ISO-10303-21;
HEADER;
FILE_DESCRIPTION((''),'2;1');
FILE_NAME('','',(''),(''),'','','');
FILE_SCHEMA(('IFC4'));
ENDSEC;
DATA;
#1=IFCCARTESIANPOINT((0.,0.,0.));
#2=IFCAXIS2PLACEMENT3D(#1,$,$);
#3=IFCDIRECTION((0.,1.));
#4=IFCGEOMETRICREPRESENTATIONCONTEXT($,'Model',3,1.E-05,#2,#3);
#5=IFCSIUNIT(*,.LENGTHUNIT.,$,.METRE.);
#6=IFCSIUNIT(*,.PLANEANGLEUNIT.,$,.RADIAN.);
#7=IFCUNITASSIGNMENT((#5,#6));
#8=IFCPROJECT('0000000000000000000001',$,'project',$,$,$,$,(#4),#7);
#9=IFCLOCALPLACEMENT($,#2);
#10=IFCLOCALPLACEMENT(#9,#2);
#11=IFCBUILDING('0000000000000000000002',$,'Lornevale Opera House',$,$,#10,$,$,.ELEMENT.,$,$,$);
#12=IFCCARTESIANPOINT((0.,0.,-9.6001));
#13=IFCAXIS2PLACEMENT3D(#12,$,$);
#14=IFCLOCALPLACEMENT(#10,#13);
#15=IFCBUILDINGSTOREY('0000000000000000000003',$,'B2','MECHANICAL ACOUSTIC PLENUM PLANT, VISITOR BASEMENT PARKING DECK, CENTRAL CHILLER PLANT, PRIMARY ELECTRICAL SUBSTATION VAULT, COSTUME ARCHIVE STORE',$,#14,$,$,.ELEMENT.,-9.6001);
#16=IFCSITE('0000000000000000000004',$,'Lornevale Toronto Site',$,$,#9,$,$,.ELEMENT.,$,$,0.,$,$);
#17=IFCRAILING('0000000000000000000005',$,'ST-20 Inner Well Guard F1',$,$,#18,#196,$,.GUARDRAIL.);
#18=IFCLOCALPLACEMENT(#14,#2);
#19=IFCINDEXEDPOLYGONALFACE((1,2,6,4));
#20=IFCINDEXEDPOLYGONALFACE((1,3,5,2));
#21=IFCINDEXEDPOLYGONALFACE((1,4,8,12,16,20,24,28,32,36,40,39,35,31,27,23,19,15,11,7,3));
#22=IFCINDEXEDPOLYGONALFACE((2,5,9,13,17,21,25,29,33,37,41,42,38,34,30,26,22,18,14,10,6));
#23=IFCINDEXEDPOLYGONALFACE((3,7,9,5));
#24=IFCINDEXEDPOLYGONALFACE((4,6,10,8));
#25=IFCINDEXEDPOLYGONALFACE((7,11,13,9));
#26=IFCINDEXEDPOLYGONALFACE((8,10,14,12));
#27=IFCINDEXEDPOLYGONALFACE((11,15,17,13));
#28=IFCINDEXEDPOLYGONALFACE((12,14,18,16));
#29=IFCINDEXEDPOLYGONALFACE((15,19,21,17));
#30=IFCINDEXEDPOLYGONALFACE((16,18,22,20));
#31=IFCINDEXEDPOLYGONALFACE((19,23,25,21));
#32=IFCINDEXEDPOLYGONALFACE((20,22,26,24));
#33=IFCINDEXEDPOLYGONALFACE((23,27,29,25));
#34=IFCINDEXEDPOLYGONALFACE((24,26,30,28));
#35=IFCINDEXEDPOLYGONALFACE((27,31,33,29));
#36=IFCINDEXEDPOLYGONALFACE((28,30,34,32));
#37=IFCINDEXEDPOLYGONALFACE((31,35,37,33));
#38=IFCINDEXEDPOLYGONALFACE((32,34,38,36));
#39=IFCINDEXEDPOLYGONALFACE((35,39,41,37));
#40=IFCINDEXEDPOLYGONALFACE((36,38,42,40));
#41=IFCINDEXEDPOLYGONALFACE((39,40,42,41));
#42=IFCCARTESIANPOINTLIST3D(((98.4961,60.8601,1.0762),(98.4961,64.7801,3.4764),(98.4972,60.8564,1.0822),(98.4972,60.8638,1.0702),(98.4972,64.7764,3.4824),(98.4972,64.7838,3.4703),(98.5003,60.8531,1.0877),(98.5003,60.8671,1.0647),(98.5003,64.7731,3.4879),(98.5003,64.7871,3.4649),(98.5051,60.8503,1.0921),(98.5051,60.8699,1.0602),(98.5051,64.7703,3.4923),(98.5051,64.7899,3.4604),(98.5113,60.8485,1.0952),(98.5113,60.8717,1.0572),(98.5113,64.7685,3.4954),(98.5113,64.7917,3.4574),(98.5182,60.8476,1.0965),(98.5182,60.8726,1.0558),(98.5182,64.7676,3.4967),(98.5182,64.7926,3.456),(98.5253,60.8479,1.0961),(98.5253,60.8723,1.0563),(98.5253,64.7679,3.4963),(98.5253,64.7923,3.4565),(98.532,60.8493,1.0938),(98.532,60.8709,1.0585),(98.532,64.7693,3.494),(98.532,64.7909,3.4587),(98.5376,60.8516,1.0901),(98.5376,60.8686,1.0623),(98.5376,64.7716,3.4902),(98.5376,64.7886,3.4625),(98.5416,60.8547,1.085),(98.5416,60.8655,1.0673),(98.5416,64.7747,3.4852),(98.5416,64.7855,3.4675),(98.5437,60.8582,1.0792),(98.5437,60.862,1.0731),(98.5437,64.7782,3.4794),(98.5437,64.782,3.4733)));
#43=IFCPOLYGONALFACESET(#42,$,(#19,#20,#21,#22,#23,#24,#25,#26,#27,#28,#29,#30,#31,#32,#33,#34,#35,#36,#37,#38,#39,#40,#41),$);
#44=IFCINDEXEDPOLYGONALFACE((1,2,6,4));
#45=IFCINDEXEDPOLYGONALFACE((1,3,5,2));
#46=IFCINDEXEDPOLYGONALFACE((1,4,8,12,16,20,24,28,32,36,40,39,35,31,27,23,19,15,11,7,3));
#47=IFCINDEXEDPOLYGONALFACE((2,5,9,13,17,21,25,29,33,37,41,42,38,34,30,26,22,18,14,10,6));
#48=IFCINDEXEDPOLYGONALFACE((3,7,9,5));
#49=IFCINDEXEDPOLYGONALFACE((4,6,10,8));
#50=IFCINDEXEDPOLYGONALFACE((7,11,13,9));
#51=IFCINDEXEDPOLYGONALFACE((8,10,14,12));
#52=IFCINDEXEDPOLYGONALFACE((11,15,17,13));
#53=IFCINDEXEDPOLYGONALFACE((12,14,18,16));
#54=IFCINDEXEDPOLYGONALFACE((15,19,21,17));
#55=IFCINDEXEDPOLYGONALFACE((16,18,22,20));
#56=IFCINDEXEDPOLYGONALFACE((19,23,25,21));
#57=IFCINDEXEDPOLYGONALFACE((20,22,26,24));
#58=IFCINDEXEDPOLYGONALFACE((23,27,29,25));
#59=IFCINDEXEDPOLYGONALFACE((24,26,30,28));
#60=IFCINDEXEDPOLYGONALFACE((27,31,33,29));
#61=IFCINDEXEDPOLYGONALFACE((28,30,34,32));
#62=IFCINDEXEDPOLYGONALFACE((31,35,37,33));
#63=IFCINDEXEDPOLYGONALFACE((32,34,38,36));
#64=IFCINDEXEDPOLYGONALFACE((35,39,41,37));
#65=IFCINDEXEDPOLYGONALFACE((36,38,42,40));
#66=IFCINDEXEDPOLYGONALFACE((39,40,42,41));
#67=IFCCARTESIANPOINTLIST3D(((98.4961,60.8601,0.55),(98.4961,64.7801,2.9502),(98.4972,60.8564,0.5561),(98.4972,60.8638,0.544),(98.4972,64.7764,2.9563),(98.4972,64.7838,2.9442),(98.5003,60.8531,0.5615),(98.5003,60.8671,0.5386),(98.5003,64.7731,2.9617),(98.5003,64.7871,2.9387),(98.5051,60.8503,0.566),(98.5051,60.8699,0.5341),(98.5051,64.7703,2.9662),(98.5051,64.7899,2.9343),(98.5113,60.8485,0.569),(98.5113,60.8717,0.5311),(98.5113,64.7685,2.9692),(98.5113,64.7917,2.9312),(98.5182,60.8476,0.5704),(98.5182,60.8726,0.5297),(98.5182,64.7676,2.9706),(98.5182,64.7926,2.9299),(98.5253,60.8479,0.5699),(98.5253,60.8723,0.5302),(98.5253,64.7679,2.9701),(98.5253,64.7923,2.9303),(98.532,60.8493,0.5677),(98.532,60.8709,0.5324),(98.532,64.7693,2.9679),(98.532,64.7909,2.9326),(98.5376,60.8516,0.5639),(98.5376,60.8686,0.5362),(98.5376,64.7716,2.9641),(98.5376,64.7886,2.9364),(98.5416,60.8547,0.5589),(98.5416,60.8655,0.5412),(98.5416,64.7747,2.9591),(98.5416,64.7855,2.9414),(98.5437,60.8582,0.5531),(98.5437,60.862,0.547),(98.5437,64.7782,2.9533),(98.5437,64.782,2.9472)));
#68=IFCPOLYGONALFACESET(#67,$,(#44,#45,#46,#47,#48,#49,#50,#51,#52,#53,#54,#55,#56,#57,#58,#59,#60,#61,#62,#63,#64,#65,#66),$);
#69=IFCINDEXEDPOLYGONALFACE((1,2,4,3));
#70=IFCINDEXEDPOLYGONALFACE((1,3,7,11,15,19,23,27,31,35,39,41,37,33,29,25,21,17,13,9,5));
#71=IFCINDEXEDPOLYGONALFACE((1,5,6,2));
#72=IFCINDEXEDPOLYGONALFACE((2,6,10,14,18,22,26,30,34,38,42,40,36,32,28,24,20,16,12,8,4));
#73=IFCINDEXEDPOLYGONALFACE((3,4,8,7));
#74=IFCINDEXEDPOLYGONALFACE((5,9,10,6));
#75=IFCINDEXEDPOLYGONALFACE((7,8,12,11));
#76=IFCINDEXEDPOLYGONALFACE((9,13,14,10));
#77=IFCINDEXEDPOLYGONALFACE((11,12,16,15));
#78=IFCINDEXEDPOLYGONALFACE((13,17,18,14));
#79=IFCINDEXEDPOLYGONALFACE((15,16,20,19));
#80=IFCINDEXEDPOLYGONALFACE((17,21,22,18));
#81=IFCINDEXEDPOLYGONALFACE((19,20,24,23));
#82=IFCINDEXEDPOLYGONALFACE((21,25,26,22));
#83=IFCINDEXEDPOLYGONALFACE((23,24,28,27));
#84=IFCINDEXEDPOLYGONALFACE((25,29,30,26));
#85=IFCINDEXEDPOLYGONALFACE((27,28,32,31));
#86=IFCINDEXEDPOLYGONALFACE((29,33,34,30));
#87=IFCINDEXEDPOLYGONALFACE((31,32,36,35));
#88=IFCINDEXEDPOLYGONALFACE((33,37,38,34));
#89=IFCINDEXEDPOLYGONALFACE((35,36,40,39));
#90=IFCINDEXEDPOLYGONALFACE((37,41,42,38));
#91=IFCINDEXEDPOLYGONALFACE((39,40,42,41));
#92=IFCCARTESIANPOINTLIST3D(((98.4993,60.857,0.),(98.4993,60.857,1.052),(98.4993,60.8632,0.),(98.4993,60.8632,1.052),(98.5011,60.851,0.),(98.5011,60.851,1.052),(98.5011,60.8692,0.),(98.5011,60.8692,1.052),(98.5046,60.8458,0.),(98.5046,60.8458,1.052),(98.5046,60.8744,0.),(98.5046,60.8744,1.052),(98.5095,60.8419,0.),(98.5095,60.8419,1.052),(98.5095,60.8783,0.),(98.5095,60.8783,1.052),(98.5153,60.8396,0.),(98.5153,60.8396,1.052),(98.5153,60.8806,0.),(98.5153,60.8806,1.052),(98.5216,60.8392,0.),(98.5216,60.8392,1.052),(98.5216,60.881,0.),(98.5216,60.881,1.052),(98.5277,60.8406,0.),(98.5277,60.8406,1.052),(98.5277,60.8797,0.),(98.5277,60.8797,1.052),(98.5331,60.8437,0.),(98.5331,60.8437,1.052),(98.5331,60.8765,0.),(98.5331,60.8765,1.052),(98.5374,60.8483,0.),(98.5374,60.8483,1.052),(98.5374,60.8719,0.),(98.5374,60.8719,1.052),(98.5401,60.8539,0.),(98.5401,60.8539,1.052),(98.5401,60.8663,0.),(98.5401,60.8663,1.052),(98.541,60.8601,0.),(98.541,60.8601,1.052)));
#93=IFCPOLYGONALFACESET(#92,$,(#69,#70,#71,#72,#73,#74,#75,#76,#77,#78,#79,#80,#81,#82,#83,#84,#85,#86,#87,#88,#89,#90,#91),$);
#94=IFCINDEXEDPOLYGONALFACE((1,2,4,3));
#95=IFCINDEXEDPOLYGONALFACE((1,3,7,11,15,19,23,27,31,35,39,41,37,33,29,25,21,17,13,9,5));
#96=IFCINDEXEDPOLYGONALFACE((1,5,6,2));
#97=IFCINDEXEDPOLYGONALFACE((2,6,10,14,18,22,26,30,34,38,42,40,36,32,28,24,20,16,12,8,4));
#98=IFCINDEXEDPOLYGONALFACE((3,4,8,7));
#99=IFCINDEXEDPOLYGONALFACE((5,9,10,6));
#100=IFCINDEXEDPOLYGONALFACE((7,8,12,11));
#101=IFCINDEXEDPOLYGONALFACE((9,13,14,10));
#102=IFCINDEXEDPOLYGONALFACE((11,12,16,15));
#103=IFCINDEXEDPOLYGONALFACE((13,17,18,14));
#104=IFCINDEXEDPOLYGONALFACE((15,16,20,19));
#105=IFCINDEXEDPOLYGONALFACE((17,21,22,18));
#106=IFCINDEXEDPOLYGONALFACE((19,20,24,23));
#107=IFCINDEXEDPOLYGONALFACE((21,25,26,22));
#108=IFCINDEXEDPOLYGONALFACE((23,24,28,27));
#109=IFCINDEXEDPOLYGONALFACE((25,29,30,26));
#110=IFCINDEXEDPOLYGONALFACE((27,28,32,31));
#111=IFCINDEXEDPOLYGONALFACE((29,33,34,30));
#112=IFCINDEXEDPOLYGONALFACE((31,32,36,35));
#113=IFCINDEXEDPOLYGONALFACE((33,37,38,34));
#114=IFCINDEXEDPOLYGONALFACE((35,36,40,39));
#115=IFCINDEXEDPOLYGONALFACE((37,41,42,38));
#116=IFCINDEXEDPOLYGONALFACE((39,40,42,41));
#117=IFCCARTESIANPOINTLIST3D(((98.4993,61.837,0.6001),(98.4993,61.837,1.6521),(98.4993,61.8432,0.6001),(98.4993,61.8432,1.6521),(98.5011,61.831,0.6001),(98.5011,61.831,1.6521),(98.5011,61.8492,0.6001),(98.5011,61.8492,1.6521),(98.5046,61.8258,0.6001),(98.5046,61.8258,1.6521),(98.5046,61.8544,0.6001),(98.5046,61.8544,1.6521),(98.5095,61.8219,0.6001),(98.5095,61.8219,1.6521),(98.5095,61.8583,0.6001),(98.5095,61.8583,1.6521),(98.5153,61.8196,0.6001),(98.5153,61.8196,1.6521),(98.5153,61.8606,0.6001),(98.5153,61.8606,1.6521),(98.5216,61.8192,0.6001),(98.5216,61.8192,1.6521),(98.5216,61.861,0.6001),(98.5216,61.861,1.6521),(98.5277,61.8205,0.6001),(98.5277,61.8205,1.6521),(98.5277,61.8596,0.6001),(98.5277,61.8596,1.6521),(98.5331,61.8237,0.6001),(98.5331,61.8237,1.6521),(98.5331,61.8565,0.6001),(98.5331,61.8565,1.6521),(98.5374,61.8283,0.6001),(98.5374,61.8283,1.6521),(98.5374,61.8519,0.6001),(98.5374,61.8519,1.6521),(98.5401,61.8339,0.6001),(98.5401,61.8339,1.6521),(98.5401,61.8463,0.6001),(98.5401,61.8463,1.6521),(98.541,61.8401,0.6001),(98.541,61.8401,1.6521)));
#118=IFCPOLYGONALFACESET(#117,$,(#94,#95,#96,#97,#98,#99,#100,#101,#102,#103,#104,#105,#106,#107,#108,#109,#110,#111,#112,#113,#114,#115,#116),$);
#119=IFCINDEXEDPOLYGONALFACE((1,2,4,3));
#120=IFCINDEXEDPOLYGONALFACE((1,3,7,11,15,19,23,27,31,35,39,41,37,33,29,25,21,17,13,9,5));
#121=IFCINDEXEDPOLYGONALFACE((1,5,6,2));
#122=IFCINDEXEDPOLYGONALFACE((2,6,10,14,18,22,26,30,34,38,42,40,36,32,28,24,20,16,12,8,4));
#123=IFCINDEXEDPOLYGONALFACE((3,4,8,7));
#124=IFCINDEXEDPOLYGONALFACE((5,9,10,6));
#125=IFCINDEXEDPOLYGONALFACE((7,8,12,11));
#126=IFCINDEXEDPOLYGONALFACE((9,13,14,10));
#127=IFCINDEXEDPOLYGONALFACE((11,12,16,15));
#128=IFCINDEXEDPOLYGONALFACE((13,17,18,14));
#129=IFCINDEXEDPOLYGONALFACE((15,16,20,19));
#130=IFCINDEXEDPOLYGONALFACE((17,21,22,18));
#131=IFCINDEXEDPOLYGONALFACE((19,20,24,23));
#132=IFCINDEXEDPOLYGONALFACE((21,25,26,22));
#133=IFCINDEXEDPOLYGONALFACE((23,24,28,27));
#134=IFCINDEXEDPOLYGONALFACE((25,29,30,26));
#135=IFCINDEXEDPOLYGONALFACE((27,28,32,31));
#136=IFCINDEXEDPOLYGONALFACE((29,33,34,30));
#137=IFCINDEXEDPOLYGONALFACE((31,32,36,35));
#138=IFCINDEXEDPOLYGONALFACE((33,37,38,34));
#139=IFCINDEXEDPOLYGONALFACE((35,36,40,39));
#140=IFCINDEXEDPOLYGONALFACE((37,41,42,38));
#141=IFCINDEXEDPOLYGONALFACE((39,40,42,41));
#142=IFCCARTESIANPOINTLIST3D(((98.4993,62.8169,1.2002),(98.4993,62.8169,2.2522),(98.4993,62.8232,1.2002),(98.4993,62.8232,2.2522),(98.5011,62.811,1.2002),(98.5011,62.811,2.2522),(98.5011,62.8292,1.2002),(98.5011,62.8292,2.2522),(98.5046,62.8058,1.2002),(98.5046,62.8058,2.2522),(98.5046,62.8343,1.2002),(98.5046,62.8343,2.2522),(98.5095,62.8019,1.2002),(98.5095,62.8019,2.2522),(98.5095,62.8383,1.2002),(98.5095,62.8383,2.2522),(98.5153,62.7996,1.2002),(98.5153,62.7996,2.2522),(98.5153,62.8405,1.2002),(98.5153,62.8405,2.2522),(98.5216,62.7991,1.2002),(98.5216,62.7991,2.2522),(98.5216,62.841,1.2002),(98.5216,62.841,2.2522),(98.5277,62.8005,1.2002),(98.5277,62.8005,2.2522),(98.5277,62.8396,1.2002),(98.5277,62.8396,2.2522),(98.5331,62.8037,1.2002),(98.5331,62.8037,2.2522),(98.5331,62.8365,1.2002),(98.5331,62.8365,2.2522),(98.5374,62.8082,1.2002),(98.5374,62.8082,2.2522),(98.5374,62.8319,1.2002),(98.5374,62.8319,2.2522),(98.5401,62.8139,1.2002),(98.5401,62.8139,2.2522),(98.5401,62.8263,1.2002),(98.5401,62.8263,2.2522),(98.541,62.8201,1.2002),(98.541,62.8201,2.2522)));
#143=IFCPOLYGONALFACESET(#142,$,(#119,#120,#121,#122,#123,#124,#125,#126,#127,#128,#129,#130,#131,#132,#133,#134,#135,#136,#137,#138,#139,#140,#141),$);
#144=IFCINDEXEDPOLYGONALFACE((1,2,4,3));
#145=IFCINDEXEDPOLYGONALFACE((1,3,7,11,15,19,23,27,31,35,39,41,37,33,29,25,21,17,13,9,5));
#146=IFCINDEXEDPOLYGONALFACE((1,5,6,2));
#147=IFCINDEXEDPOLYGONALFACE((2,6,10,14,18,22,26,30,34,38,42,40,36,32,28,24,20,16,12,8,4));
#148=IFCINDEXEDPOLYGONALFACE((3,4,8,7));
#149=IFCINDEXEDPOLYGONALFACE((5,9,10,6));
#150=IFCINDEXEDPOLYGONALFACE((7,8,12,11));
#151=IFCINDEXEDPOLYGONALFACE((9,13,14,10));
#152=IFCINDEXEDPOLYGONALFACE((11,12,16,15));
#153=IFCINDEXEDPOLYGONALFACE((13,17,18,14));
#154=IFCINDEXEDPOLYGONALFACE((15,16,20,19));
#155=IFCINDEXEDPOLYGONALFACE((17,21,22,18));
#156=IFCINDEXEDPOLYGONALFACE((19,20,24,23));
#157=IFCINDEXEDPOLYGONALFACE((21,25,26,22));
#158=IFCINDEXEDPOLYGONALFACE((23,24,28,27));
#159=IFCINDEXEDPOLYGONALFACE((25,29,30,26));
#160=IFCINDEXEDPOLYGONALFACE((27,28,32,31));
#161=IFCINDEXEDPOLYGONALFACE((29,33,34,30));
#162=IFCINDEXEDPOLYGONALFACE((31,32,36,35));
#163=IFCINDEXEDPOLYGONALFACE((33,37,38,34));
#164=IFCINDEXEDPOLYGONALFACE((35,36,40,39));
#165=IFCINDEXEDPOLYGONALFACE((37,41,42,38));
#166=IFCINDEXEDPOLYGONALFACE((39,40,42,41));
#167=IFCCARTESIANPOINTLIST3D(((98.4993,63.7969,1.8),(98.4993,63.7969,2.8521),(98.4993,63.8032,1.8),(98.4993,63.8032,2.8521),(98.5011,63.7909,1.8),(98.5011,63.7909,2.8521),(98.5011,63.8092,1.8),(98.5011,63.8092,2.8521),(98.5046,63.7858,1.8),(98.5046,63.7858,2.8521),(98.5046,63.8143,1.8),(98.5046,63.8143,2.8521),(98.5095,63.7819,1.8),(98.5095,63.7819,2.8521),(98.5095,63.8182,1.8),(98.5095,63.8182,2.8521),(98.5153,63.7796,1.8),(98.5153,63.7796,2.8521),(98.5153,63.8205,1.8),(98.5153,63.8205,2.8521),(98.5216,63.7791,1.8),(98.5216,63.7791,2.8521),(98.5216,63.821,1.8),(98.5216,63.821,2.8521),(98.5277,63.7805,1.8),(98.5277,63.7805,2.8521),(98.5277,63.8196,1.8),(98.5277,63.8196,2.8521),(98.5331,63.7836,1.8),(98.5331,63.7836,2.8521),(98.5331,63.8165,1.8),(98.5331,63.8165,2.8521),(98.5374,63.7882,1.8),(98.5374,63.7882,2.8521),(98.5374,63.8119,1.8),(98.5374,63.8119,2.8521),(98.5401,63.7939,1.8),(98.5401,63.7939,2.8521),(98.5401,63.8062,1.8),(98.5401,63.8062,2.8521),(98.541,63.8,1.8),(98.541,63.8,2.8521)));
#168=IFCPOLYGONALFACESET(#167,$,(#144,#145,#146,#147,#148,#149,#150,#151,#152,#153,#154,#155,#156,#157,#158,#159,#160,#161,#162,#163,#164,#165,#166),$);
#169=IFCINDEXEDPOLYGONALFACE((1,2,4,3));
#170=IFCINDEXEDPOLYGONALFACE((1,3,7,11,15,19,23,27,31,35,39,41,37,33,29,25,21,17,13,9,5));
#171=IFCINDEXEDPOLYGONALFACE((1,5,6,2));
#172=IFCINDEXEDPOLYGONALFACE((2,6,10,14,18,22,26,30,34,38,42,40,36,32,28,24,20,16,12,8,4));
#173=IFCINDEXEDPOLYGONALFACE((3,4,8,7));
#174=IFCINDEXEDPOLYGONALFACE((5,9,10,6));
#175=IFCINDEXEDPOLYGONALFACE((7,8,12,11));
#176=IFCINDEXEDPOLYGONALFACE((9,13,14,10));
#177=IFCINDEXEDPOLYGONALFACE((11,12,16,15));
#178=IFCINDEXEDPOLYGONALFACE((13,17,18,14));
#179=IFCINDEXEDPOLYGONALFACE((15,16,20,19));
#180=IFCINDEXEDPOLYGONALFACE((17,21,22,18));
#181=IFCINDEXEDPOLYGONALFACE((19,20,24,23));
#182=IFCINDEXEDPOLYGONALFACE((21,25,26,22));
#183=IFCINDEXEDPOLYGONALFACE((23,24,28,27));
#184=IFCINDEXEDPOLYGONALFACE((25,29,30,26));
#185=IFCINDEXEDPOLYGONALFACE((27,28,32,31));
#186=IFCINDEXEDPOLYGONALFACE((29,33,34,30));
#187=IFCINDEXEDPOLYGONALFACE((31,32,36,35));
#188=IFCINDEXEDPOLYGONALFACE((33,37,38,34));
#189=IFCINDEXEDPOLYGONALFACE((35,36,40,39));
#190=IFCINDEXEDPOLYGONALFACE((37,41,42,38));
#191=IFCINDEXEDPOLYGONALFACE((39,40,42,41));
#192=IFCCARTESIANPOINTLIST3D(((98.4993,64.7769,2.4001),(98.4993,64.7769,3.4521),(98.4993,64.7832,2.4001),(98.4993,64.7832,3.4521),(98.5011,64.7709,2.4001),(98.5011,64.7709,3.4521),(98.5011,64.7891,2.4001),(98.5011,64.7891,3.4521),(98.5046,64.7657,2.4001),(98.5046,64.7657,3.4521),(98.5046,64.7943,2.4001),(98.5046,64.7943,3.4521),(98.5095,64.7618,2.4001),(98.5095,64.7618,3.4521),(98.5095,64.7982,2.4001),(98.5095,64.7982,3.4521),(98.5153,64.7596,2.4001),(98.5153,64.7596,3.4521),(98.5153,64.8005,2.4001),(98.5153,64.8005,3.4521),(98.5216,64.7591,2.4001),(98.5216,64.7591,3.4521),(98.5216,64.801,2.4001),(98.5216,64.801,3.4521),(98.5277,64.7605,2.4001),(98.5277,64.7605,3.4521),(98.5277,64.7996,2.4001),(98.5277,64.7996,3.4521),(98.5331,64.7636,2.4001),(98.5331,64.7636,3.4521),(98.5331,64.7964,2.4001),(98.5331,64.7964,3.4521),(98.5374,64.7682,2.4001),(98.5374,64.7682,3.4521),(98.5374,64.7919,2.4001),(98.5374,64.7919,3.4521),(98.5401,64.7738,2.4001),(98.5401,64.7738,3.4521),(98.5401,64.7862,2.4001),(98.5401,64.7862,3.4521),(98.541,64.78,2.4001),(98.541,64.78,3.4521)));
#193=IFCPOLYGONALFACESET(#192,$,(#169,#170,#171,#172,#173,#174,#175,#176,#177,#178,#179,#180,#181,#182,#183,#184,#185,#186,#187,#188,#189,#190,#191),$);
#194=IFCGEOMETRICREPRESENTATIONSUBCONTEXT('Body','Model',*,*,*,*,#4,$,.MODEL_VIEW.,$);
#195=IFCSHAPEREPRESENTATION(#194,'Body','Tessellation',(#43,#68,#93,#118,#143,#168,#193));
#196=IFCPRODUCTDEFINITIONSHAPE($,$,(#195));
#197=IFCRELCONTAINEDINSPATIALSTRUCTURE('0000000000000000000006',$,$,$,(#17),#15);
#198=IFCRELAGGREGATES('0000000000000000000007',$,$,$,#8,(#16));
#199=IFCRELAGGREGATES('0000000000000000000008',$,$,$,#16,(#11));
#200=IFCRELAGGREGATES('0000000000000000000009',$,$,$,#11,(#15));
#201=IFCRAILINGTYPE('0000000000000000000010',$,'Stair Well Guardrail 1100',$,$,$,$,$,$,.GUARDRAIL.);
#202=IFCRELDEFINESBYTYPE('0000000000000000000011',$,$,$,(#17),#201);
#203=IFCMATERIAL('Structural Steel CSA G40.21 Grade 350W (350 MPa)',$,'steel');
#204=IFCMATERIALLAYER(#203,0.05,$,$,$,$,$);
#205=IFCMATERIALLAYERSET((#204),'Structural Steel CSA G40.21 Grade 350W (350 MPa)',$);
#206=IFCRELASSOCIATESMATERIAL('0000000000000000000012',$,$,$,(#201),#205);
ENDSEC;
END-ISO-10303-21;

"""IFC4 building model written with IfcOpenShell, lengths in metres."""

from ifc_helpers import new_model, si_unit, direction, frame, origin, origin_2d, place, context, subcontext, project, spatial, circle, extrude, material, layer, layer_set, type_object, element, save


model = new_model("IFC4")

# Units and contexts
model_context = context("Model", 3, precision=1e-05, world=origin(), true_north=direction((0.0, 1.0)))
body_context = subcontext(model_context, "Body", "Model", "MODEL_VIEW")
ifc_project = project(units=[si_unit("LENGTHUNIT", "METRE"), si_unit("PLANEANGLEUNIT", "RADIAN")], contexts=[model_context])

# Site, building, storey
site_placement = place(None, origin())
site = spatial("IfcSite", under=ifc_project, at=site_placement, Name="Lornevale Toronto Site", CompositionType="ELEMENT", RefElevation=0.0)
building_placement = place(site_placement, origin())
building = spatial("IfcBuilding", under=site, at=building_placement, Name="Lornevale Opera House", CompositionType="ELEMENT")
storey_placement = place(building_placement, frame((0.0, 0.0, -9.6001)))
storey = spatial("IfcBuildingStorey", under=building, at=storey_placement, Name="B2", Description="MECHANICAL ACOUSTIC PLENUM PLANT, VISITOR BASEMENT PARKING DECK, CENTRAL CHILLER PLANT, PRIMARY ELECTRICAL SUBSTATION VAULT, COSTUME ARCHIVE STORE", CompositionType="ELEMENT", Elevation=-9.6001)

# Railing
ifc_material_1 = material(Name="Structural Steel CSA G40.21 Grade 350W (350 MPa)", Category="steel")
ifc_layer_1 = layer(ifc_material_1, 0.05)
ifc_layer_set_1 = layer_set([ifc_layer_1], Name="Structural Steel CSA G40.21 Grade 350W (350 MPa)")
railing_type_1 = type_object("IfcRailingType", Name="Stair Well Guardrail 1100", PredefinedType="GUARDRAIL", material=ifc_layer_set_1)
railing_1_placement = place(storey_placement, frame((98.52, 60.8601, 0.0)))
element("IfcRailing", 1, at=railing_1_placement, inside=storey, type_object=railing_type_1, Name="ST-20 Inner Well Guard F1", PredefinedType="GUARDRAIL", context=body_context, shape_type="SweptSolid", body=[
    extrude(circle(Radius=0.0239, at=origin_2d()), frame((0.0, 0.0, 1.0762), z_axis=(0.0, 0.852832, 0.522185), x_axis=(-1.0, 0.0, 0.0)), (0.0, 0.0, 1.0), 4.5964),
    extrude(circle(Radius=0.0239, at=origin_2d()), frame((0.0, 0.0, 0.55), z_axis=(0.0, 0.852832, 0.522185), x_axis=(-1.0, 0.0, 0.0)), (0.0, 0.0, 1.0), 4.5964),
    extrude(circle(Radius=0.021, at=origin_2d()), origin(), (0.0, 0.0, 1.0), 1.052),
    extrude(circle(Radius=0.021, at=origin_2d()), frame((0.0, 0.98, 0.6001)), (0.0, 0.0, 1.0), 1.052),
    extrude(circle(Radius=0.021, at=origin_2d()), frame((0.0, 1.96, 1.2002)), (0.0, 0.0, 1.0), 1.052),
    extrude(circle(Radius=0.021, at=origin_2d()), frame((0.0, 2.9399, 1.8)), (0.0, 0.0, 1.0), 1.052),
    extrude(circle(Radius=0.021, at=origin_2d()), frame((0.0, 3.9199, 2.4001)), (0.0, 0.0, 1.0), 1.052),
])

save(model, "model.ifc")
